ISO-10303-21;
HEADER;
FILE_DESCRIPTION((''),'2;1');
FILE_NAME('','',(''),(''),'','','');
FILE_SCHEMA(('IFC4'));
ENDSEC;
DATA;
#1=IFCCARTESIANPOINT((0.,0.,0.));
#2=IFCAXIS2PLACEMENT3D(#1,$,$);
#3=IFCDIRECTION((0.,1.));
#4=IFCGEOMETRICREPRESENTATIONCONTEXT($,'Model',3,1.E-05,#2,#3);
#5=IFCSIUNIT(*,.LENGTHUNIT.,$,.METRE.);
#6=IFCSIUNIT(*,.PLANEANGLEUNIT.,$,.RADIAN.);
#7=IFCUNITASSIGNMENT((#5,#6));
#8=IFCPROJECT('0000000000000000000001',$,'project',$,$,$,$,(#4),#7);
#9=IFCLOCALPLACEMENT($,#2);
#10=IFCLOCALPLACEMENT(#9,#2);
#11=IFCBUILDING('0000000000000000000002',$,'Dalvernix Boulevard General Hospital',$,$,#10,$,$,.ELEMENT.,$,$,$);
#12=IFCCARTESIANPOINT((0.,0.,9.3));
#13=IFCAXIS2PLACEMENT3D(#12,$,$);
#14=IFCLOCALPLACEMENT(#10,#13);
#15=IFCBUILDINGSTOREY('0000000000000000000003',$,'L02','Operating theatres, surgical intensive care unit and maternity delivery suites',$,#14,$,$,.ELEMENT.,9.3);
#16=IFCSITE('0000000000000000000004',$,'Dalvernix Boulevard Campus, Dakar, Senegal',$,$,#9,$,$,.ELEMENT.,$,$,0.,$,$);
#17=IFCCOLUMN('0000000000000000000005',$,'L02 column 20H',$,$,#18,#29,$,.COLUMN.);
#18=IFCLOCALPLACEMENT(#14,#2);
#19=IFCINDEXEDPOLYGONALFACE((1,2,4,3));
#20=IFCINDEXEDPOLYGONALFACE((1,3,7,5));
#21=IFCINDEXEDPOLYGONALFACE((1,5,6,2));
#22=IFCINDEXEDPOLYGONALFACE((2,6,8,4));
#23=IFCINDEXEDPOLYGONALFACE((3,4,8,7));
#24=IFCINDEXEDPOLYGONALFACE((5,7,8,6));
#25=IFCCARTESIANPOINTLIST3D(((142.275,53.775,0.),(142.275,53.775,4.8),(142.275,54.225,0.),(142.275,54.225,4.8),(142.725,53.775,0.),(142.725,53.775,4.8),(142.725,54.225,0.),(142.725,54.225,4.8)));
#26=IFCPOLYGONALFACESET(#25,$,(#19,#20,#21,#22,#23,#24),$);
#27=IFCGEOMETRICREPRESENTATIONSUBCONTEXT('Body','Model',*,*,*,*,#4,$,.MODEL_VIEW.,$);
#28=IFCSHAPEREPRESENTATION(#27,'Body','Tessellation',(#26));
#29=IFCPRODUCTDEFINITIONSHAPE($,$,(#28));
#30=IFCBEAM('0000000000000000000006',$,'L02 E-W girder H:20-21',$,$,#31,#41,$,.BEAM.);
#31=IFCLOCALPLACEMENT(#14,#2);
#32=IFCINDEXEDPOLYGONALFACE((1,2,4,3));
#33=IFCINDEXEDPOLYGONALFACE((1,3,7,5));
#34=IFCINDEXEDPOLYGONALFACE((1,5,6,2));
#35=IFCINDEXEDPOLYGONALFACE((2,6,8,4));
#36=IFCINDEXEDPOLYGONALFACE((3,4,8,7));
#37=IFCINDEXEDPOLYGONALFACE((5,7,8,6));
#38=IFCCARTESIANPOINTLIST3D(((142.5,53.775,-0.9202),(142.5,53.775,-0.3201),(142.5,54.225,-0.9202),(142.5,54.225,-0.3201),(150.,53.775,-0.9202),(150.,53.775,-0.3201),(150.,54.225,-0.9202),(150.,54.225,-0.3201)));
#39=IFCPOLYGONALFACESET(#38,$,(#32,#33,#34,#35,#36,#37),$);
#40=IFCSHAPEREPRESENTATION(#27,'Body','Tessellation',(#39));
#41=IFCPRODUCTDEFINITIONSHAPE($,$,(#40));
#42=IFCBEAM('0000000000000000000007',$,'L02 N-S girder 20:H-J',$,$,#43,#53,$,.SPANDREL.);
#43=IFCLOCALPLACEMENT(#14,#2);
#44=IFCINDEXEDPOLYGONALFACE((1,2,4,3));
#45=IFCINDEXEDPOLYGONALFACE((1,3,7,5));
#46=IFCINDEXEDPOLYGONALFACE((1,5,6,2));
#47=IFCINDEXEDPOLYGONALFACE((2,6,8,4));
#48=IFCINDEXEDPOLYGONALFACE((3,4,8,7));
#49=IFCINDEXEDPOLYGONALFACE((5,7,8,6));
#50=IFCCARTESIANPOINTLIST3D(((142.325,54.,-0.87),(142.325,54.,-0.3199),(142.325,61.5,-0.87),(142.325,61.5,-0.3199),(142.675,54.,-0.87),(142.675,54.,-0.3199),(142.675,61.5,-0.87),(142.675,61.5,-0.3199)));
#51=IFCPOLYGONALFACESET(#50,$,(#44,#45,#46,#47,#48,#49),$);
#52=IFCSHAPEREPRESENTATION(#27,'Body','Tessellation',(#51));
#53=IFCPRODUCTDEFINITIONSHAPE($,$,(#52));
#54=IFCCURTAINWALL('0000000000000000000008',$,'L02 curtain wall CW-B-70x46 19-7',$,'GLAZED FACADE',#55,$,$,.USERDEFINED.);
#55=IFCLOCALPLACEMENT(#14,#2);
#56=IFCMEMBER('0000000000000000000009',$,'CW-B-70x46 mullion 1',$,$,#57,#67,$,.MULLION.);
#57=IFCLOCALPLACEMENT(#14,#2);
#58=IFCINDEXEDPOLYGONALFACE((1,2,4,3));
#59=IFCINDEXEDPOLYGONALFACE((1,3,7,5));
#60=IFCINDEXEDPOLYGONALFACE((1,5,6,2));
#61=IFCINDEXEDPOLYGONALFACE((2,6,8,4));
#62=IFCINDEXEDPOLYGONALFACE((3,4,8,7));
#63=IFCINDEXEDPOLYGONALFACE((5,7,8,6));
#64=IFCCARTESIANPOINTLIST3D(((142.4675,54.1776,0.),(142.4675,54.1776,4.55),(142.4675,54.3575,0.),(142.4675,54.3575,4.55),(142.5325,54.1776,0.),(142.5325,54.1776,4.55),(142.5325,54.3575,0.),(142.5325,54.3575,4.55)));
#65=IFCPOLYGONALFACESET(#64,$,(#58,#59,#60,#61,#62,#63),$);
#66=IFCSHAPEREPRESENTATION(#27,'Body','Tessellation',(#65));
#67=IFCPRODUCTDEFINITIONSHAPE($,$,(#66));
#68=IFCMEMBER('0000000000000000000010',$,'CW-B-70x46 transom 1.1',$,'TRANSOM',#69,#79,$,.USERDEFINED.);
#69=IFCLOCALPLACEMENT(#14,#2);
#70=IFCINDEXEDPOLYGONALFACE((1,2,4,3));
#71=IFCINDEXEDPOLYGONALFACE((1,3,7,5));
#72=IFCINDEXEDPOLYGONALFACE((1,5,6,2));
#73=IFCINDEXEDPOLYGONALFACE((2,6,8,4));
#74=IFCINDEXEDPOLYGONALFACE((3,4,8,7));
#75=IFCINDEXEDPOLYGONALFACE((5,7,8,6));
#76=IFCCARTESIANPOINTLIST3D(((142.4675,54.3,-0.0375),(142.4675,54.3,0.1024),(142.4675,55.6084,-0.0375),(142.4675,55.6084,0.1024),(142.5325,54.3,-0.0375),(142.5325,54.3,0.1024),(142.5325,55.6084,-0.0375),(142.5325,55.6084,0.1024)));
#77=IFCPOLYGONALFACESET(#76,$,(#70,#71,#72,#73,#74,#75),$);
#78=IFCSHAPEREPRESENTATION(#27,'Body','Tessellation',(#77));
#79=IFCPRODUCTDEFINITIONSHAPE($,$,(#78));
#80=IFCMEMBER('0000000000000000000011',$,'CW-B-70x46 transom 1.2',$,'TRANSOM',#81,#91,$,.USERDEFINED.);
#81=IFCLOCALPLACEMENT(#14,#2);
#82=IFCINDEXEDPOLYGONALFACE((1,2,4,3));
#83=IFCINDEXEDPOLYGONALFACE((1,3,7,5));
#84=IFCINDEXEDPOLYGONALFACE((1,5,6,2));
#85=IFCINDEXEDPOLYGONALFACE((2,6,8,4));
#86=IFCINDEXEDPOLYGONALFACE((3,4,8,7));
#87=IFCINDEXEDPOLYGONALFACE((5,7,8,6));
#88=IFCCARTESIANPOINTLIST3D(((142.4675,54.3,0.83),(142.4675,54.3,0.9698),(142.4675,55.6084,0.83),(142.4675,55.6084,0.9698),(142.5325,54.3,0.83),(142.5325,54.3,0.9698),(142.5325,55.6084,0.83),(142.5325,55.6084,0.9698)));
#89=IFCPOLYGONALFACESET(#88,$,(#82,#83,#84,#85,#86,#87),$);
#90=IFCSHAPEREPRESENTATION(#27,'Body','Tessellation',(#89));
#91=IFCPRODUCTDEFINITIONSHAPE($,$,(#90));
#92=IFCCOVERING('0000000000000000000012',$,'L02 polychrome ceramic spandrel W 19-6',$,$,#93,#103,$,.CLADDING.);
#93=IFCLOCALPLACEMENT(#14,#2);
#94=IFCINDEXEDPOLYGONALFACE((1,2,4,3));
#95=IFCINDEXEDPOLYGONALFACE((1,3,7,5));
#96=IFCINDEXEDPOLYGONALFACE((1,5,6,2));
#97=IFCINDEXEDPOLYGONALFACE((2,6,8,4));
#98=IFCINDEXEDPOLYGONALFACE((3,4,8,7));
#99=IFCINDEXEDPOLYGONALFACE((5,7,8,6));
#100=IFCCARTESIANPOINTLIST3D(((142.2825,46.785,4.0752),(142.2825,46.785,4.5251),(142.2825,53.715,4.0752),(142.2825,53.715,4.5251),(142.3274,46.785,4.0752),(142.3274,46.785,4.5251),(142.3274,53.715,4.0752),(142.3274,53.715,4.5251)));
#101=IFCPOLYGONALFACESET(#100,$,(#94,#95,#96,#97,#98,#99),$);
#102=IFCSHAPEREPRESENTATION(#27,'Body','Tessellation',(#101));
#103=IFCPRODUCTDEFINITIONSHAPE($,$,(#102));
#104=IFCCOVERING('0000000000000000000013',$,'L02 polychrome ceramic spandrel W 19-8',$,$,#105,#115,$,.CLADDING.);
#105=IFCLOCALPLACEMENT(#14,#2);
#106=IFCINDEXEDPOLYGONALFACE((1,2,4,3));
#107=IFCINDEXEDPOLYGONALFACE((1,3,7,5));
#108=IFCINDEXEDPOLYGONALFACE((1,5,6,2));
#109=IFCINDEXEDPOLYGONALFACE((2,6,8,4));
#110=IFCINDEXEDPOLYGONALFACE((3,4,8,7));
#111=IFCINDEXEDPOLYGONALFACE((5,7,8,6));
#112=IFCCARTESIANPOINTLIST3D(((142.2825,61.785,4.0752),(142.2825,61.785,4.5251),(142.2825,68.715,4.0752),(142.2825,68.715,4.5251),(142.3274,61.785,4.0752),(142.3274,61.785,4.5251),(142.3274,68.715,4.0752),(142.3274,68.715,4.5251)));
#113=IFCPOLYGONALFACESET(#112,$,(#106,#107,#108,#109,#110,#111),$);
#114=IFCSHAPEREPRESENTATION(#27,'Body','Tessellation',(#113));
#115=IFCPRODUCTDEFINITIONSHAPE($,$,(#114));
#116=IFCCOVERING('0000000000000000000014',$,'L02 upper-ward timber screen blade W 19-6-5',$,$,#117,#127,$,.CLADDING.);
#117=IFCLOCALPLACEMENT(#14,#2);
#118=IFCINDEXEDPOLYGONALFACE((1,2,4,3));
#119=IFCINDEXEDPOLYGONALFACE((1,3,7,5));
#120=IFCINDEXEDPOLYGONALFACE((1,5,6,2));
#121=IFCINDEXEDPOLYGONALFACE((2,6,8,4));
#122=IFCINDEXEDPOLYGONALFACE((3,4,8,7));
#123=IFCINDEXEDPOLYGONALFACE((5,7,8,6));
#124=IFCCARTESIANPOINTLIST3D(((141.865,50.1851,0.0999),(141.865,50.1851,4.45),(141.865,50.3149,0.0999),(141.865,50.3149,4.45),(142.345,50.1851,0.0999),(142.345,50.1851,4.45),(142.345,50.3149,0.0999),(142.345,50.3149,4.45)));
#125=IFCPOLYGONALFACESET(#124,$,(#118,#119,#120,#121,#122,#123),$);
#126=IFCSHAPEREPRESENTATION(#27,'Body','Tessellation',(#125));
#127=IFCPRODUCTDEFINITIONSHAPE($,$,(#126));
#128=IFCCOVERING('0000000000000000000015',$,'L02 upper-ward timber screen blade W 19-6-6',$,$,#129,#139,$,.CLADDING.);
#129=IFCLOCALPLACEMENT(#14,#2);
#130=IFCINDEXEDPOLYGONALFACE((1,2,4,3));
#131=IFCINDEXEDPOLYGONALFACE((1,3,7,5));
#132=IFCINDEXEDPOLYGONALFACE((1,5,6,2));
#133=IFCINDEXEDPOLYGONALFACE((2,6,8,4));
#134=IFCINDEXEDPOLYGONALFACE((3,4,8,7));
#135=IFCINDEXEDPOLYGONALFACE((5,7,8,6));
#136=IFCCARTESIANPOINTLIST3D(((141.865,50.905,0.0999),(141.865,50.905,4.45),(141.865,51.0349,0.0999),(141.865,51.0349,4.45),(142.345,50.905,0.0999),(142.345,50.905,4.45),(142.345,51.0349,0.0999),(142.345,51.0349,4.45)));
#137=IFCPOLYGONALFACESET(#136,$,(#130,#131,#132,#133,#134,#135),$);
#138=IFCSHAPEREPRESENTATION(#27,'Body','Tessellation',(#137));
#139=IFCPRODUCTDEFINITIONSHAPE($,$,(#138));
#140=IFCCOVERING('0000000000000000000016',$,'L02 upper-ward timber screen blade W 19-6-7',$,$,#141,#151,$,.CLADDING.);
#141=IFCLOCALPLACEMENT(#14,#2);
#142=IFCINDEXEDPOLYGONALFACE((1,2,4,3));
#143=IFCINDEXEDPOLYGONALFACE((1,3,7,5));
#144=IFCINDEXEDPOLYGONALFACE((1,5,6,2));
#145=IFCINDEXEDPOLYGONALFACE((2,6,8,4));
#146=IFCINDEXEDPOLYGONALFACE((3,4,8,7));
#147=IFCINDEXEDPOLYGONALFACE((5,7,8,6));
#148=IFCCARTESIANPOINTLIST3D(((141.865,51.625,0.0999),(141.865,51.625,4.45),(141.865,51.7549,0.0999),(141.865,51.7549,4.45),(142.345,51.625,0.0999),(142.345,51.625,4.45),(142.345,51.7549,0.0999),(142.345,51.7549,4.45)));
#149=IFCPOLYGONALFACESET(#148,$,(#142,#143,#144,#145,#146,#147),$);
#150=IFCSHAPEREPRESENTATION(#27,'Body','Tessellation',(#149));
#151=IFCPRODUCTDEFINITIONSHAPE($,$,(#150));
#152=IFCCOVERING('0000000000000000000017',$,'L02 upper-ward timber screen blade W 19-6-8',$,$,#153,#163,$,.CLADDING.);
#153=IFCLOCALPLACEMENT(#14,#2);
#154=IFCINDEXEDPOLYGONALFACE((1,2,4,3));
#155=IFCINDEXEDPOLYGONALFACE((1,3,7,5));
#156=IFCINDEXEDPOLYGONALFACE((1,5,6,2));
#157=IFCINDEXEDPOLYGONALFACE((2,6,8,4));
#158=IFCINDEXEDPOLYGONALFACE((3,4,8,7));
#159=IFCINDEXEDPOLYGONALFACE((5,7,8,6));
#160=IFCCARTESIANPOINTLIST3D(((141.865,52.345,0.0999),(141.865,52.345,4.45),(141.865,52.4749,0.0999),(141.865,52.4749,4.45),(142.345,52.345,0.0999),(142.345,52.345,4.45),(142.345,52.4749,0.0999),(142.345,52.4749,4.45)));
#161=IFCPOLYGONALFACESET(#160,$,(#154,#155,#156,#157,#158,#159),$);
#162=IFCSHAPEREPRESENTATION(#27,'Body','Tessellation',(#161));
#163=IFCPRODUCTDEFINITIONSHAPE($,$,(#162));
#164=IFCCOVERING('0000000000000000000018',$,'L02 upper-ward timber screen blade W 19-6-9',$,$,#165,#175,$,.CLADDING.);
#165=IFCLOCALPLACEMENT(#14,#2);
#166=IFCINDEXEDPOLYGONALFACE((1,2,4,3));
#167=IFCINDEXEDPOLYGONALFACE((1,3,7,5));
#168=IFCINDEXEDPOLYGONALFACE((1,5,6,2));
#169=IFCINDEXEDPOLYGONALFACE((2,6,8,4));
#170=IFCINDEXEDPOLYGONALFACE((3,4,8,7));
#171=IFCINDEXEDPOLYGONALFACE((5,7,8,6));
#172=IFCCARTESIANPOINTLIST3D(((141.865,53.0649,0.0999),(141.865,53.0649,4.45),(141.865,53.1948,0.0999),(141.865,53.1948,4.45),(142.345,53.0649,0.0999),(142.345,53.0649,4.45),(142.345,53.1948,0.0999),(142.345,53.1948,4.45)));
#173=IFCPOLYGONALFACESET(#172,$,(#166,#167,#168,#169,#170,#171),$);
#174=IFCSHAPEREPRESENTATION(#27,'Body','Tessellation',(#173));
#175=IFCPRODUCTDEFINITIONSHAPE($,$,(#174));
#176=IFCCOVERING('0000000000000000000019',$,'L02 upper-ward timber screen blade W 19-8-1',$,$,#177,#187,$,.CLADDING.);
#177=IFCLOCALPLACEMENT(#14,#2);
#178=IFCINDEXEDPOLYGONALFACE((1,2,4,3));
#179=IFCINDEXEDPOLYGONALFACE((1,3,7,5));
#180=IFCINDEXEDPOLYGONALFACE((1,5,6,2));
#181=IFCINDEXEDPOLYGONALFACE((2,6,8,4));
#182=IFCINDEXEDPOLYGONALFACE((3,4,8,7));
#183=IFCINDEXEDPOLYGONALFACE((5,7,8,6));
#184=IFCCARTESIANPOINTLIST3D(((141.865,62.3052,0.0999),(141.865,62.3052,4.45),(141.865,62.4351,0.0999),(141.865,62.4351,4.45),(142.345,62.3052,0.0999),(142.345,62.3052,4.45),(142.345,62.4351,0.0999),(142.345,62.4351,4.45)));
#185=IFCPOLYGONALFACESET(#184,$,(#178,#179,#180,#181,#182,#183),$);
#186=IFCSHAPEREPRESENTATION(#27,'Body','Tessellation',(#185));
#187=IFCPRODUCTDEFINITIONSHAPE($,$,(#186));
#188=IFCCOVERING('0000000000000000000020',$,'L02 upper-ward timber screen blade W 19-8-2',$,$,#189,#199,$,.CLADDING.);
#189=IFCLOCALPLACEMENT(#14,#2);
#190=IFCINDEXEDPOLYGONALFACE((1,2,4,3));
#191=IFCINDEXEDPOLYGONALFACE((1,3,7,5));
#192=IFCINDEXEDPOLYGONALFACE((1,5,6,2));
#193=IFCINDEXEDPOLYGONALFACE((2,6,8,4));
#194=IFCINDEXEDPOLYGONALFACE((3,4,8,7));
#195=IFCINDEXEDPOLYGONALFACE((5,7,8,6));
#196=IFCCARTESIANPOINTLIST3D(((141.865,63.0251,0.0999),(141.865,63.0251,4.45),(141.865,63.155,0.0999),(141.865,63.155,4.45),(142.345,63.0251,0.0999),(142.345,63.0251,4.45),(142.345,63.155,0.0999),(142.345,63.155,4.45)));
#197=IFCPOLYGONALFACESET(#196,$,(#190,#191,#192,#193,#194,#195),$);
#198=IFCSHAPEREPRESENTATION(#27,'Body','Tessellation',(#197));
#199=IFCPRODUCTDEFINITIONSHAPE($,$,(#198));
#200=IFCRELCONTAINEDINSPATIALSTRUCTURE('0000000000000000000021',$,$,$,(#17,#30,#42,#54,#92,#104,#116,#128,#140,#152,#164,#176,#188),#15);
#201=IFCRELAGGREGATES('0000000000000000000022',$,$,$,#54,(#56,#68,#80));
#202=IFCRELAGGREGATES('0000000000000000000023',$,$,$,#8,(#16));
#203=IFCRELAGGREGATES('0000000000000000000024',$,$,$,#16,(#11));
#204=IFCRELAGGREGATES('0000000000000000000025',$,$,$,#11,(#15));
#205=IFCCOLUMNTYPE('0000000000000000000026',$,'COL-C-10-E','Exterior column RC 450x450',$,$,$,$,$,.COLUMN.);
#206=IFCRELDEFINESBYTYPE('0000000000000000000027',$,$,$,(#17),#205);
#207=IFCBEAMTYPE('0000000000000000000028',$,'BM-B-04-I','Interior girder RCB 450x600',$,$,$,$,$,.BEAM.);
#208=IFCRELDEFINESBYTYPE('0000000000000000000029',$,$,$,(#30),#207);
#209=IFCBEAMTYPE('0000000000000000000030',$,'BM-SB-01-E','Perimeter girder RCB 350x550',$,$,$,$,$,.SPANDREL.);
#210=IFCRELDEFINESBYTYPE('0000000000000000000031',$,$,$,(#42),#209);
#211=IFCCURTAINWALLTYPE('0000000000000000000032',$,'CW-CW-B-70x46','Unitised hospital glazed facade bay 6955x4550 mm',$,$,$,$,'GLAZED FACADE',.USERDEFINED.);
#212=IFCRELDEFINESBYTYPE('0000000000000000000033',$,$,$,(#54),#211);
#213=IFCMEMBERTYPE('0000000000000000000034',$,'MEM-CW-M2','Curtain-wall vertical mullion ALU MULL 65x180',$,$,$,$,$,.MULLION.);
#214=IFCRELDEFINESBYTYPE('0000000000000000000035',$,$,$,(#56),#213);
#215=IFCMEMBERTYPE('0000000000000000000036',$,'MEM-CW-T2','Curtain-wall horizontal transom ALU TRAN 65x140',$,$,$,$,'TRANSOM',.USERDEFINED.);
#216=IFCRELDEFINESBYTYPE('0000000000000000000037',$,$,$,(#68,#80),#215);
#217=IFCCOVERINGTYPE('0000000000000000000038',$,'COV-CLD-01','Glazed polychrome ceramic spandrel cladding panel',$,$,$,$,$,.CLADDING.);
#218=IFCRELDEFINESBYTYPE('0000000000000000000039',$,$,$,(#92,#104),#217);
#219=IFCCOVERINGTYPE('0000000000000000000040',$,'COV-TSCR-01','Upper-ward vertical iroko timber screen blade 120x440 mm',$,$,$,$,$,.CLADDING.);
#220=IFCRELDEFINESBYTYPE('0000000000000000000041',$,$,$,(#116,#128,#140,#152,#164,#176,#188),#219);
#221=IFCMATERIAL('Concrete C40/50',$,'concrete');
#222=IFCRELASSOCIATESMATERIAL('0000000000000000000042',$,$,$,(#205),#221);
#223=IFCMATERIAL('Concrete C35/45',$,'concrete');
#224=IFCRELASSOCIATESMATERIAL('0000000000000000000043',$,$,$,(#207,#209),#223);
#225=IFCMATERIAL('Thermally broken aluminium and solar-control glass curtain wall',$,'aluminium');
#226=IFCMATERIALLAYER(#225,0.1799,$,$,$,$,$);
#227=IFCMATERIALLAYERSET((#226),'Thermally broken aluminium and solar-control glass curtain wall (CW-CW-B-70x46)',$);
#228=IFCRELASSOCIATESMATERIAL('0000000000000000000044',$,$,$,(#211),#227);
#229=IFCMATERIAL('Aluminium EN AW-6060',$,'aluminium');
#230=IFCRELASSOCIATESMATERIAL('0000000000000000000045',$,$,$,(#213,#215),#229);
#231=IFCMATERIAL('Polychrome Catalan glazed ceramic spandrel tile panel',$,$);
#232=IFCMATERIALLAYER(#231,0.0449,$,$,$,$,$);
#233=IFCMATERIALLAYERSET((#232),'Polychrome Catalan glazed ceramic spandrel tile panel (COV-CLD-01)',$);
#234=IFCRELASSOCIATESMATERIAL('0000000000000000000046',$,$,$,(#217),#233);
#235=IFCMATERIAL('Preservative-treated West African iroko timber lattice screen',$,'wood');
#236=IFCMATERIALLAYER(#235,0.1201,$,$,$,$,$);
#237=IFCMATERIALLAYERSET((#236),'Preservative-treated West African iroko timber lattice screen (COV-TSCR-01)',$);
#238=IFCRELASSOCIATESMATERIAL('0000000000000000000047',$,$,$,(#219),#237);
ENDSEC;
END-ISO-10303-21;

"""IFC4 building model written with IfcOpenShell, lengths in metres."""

from ifc_helpers import new_model, si_unit, direction, frame, origin, origin_2d, place, context, subcontext, project, spatial, rectangle, extrude, material, layer, layer_set, material_profile, profile_set, type_object, element, aggregate, save


model = new_model("IFC4")

# Units and contexts
model_context = context("Model", 3, precision=1e-05, world=origin(), true_north=direction((0.0, 1.0)))
body_context = subcontext(model_context, "Body", "Model", "MODEL_VIEW")
ifc_project = project(units=[si_unit("LENGTHUNIT", "METRE"), si_unit("PLANEANGLEUNIT", "RADIAN")], contexts=[model_context])

# Site, building, storey
site_placement = place(None, origin())
site = spatial("IfcSite", under=ifc_project, at=site_placement, Name="Dalvernix Boulevard Campus, Dakar, Senegal", CompositionType="ELEMENT", RefElevation=0.0)
building_placement = place(site_placement, origin())
building = spatial("IfcBuilding", under=site, at=building_placement, Name="Dalvernix Boulevard General Hospital", CompositionType="ELEMENT")
storey_placement = place(building_placement, frame((0.0, 0.0, 9.3)))
storey = spatial("IfcBuildingStorey", under=building, at=storey_placement, Name="L02", Description="Operating theatres, surgical intensive care unit and maternity delivery suites", CompositionType="ELEMENT", Elevation=9.3)

# Column
ifc_material_1 = material(Name="Concrete C40/50", Category="concrete")
ifc_material_profile_1 = material_profile(ifc_material_1, rectangle(XDim=0.45, YDim=0.45, at=origin_2d()), Name="RC 450x450")
ifc_profile_set_1 = profile_set([ifc_material_profile_1], Name="Concrete C40/50")
column_type = type_object("IfcColumnType", Name="COL-C-10-E", Description="Exterior column RC 450x450", PredefinedType="COLUMN", material=ifc_profile_set_1)
column_placement = place(storey_placement, frame((142.5, 54.0, 0.0), z_axis=(0.0, 0.0, 1.0), x_axis=(1.0, 0.0, 0.0)))
element("IfcColumn", 1, at=column_placement, inside=storey, type_object=column_type, Name="L02 column 20H", PredefinedType="COLUMN", context=body_context, shape_type="SweptSolid", body=[
    extrude(rectangle(XDim=0.45, YDim=0.45, at=origin_2d()), origin(), (0.0, 0.0, 1.0), 4.8),
])

# Beams
ifc_material_2 = material(Name="Concrete C35/45", Category="concrete")
ifc_material_profile_2 = material_profile(ifc_material_2, rectangle(XDim=0.45, YDim=0.6001, at=origin_2d()), Name="RCB 450x600")
ifc_profile_set_2 = profile_set([ifc_material_profile_2], Name="Concrete C35/45")
beam_type_1 = type_object("IfcBeamType", Name="BM-B-04-I", Description="Interior girder RCB 450x600", PredefinedType="BEAM", material=ifc_profile_set_2)
beam_1_placement = place(storey_placement, frame((142.5, 54.0, -0.6201), z_axis=(1.0, 0.0, 0.0), x_axis=(0.0, 1.0, 0.0)))
element("IfcBeam", 2, at=beam_1_placement, inside=storey, type_object=beam_type_1, Name="L02 E-W girder H:20-21", PredefinedType="BEAM", context=body_context, shape_type="SweptSolid", body=[
    extrude(rectangle(XDim=0.45, YDim=0.6001, at=origin_2d()), origin(), (0.0, 0.0, 1.0), 7.5),
])
ifc_material_profile_3 = material_profile(ifc_material_2, rectangle(XDim=0.3501, YDim=0.55, at=origin_2d()), Name="RCB 350x550")
ifc_profile_set_3 = profile_set([ifc_material_profile_3], Name="Concrete C35/45")
beam_type_2 = type_object("IfcBeamType", Name="BM-SB-01-E", Description="Perimeter girder RCB 350x550", PredefinedType="SPANDREL", material=ifc_profile_set_3)
beam_2_placement = place(storey_placement, frame((142.5, 54.0, -0.595), z_axis=(0.0, 1.0, 0.0), x_axis=(-1.0, 0.0, 0.0)))
element("IfcBeam", 3, at=beam_2_placement, inside=storey, type_object=beam_type_2, Name="L02 N-S girder 20:H-J", PredefinedType="SPANDREL", context=body_context, shape_type="SweptSolid", body=[
    extrude(rectangle(XDim=0.3501, YDim=0.55, at=origin_2d()), origin(), (0.0, 0.0, 1.0), 7.5),
])

# Curtain wall, members
ifc_material_3 = material(Name="Thermally broken aluminium and solar-control glass curtain wall", Category="aluminium")
ifc_layer_1 = layer(ifc_material_3, 0.1799)
ifc_layer_set_1 = layer_set([ifc_layer_1], Name="Thermally broken aluminium and solar-control glass curtain wall (CW-CW-B-70x46)")
curtain_wall_type = type_object("IfcCurtainWallType", Name="CW-CW-B-70x46", Description="Unitised hospital glazed facade bay 6955x4550 mm", ElementType="GLAZED FACADE", PredefinedType="USERDEFINED", material=ifc_layer_set_1)
curtain_wall_placement = place(storey_placement, origin())
curtain_wall = element("IfcCurtainWall", 4, at=curtain_wall_placement, inside=storey, type_object=curtain_wall_type, Name="L02 curtain wall CW-B-70x46 19-7", ObjectType="GLAZED FACADE", PredefinedType="USERDEFINED")
ifc_material_4 = material(Name="Aluminium EN AW-6060", Category="aluminium")
ifc_material_profile_4 = material_profile(ifc_material_4, rectangle(XDim=0.0649, YDim=0.1799, at=origin_2d()), Name="ALU MULL 65x180")
ifc_profile_set_4 = profile_set([ifc_material_profile_4], Name="Aluminium EN AW-6060")
member_type_1 = type_object("IfcMemberType", Name="MEM-CW-M2", Description="Curtain-wall vertical mullion ALU MULL 65x180", PredefinedType="MULLION", material=ifc_profile_set_4)
member_1_placement = place(storey_placement, frame((142.5, 54.2676, 0.0), z_axis=(0.0, 0.0, 1.0), x_axis=(-1.0, 0.0, 0.0)))
member_1 = element("IfcMember", 5, at=member_1_placement, type_object=member_type_1, Name="CW-B-70x46 mullion 1", PredefinedType="MULLION", context=body_context, shape_type="SweptSolid", body=[
    extrude(rectangle(XDim=0.0649, YDim=0.1799, at=origin_2d()), origin(), (0.0, 0.0, 1.0), 4.55),
])
ifc_material_profile_5 = material_profile(ifc_material_4, rectangle(XDim=0.0649, YDim=0.1399, at=origin_2d()), Name="ALU TRAN 65x140")
ifc_profile_set_5 = profile_set([ifc_material_profile_5], Name="Aluminium EN AW-6060")
member_type_2 = type_object("IfcMemberType", Name="MEM-CW-T2", Description="Curtain-wall horizontal transom ALU TRAN 65x140", ElementType="TRANSOM", PredefinedType="USERDEFINED", material=ifc_profile_set_5)
member_2_placement = place(storey_placement, frame((142.5, 54.3, 0.0325), z_axis=(0.0, 1.0, 0.0), x_axis=(-1.0, 0.0, 0.0)))
member_2 = element("IfcMember", 6, at=member_2_placement, type_object=member_type_2, Name="CW-B-70x46 transom 1.1", ObjectType="TRANSOM", PredefinedType="USERDEFINED", context=body_context, shape_type="SweptSolid", body=[
    extrude(rectangle(XDim=0.0649, YDim=0.1399, at=origin_2d()), origin(), (0.0, 0.0, 1.0), 1.3083),
])
member_3_placement = place(storey_placement, frame((142.5, 54.3, 0.8999), z_axis=(0.0, 1.0, 0.0), x_axis=(-1.0, 0.0, 0.0)))
member_3 = element("IfcMember", 7, at=member_3_placement, type_object=member_type_2, Name="CW-B-70x46 transom 1.2", ObjectType="TRANSOM", PredefinedType="USERDEFINED", context=body_context, shape_type="SweptSolid", body=[
    extrude(rectangle(XDim=0.0649, YDim=0.1399, at=origin_2d()), origin(), (0.0, 0.0, 1.0), 1.3083),
])
aggregate(curtain_wall, [member_1, member_2, member_3])

# Coverings
ifc_material_5 = material(Name="Polychrome Catalan glazed ceramic spandrel tile panel")
ifc_layer_2 = layer(ifc_material_5, 0.0449)
ifc_layer_set_2 = layer_set([ifc_layer_2], Name="Polychrome Catalan glazed ceramic spandrel tile panel (COV-CLD-01)")
covering_type_1 = type_object("IfcCoveringType", Name="COV-CLD-01", Description="Glazed polychrome ceramic spandrel cladding panel", PredefinedType="CLADDING", material=ifc_layer_set_2)
for number, where, z_axis, x_axis, name in (
    (8, (142.3049, 50.25, 4.0752), (0.0, 0.0, 1.0), (0.0, 1.0, 0.0), "L02 polychrome ceramic spandrel W 19-6"),
    (9, (142.3049, 65.25, 4.0752), (0.0, 0.0, 1.0), (0.0, 1.0, 0.0), "L02 polychrome ceramic spandrel W 19-8"),
):
    element("IfcCovering", number, at=place(storey_placement, frame(where, z_axis=z_axis, x_axis=x_axis)), inside=storey, type_object=covering_type_1, Name=name, PredefinedType="CLADDING", context=body_context, shape_type="SweptSolid", body=[
        extrude(rectangle(XDim=6.9299, YDim=0.0449, at=origin_2d()), origin(), (0.0, 0.0, 1.0), 0.45),
    ])
ifc_material_6 = material(Name="Preservative-treated West African iroko timber lattice screen", Category="wood")
ifc_layer_3 = layer(ifc_material_6, 0.1201)
ifc_layer_set_3 = layer_set([ifc_layer_3], Name="Preservative-treated West African iroko timber lattice screen (COV-TSCR-01)")
covering_type_2 = type_object("IfcCoveringType", Name="COV-TSCR-01", Description="Upper-ward vertical iroko timber screen blade 120x440 mm", PredefinedType="CLADDING", material=ifc_layer_set_3)
for number, where, z_axis, x_axis, name in (
    (10, (142.105, 50.25, 0.0999), (0.0, 0.0, 1.0), (0.0, 1.0, 0.0), "L02 upper-ward timber screen blade W 19-6-5"),
    (11, (142.105, 50.97, 0.0999), (0.0, 0.0, 1.0), (0.0, 1.0, 0.0), "L02 upper-ward timber screen blade W 19-6-6"),
    (12, (142.105, 51.6899, 0.0999), (0.0, 0.0, 1.0), (0.0, 1.0, 0.0), "L02 upper-ward timber screen blade W 19-6-7"),
    (13, (142.105, 52.4099, 0.0999), (0.0, 0.0, 1.0), (0.0, 1.0, 0.0), "L02 upper-ward timber screen blade W 19-6-8"),
    (14, (142.105, 53.1299, 0.0999), (0.0, 0.0, 1.0), (0.0, 1.0, 0.0), "L02 upper-ward timber screen blade W 19-6-9"),
    (15, (142.105, 62.3701, 0.0999), (0.0, 0.0, 1.0), (0.0, 1.0, 0.0), "L02 upper-ward timber screen blade W 19-8-1"),
    (16, (142.105, 63.0901, 0.0999), (0.0, 0.0, 1.0), (0.0, 1.0, 0.0), "L02 upper-ward timber screen blade W 19-8-2"),
):
    element("IfcCovering", number, at=place(storey_placement, frame(where, z_axis=z_axis, x_axis=x_axis)), inside=storey, type_object=covering_type_2, Name=name, PredefinedType="CLADDING", context=body_context, shape_type="SweptSolid", body=[
        extrude(rectangle(XDim=0.1299, YDim=0.48, at=origin_2d()), origin(), (0.0, 0.0, 1.0), 4.3501),
    ])

save(model, "model.ifc")
